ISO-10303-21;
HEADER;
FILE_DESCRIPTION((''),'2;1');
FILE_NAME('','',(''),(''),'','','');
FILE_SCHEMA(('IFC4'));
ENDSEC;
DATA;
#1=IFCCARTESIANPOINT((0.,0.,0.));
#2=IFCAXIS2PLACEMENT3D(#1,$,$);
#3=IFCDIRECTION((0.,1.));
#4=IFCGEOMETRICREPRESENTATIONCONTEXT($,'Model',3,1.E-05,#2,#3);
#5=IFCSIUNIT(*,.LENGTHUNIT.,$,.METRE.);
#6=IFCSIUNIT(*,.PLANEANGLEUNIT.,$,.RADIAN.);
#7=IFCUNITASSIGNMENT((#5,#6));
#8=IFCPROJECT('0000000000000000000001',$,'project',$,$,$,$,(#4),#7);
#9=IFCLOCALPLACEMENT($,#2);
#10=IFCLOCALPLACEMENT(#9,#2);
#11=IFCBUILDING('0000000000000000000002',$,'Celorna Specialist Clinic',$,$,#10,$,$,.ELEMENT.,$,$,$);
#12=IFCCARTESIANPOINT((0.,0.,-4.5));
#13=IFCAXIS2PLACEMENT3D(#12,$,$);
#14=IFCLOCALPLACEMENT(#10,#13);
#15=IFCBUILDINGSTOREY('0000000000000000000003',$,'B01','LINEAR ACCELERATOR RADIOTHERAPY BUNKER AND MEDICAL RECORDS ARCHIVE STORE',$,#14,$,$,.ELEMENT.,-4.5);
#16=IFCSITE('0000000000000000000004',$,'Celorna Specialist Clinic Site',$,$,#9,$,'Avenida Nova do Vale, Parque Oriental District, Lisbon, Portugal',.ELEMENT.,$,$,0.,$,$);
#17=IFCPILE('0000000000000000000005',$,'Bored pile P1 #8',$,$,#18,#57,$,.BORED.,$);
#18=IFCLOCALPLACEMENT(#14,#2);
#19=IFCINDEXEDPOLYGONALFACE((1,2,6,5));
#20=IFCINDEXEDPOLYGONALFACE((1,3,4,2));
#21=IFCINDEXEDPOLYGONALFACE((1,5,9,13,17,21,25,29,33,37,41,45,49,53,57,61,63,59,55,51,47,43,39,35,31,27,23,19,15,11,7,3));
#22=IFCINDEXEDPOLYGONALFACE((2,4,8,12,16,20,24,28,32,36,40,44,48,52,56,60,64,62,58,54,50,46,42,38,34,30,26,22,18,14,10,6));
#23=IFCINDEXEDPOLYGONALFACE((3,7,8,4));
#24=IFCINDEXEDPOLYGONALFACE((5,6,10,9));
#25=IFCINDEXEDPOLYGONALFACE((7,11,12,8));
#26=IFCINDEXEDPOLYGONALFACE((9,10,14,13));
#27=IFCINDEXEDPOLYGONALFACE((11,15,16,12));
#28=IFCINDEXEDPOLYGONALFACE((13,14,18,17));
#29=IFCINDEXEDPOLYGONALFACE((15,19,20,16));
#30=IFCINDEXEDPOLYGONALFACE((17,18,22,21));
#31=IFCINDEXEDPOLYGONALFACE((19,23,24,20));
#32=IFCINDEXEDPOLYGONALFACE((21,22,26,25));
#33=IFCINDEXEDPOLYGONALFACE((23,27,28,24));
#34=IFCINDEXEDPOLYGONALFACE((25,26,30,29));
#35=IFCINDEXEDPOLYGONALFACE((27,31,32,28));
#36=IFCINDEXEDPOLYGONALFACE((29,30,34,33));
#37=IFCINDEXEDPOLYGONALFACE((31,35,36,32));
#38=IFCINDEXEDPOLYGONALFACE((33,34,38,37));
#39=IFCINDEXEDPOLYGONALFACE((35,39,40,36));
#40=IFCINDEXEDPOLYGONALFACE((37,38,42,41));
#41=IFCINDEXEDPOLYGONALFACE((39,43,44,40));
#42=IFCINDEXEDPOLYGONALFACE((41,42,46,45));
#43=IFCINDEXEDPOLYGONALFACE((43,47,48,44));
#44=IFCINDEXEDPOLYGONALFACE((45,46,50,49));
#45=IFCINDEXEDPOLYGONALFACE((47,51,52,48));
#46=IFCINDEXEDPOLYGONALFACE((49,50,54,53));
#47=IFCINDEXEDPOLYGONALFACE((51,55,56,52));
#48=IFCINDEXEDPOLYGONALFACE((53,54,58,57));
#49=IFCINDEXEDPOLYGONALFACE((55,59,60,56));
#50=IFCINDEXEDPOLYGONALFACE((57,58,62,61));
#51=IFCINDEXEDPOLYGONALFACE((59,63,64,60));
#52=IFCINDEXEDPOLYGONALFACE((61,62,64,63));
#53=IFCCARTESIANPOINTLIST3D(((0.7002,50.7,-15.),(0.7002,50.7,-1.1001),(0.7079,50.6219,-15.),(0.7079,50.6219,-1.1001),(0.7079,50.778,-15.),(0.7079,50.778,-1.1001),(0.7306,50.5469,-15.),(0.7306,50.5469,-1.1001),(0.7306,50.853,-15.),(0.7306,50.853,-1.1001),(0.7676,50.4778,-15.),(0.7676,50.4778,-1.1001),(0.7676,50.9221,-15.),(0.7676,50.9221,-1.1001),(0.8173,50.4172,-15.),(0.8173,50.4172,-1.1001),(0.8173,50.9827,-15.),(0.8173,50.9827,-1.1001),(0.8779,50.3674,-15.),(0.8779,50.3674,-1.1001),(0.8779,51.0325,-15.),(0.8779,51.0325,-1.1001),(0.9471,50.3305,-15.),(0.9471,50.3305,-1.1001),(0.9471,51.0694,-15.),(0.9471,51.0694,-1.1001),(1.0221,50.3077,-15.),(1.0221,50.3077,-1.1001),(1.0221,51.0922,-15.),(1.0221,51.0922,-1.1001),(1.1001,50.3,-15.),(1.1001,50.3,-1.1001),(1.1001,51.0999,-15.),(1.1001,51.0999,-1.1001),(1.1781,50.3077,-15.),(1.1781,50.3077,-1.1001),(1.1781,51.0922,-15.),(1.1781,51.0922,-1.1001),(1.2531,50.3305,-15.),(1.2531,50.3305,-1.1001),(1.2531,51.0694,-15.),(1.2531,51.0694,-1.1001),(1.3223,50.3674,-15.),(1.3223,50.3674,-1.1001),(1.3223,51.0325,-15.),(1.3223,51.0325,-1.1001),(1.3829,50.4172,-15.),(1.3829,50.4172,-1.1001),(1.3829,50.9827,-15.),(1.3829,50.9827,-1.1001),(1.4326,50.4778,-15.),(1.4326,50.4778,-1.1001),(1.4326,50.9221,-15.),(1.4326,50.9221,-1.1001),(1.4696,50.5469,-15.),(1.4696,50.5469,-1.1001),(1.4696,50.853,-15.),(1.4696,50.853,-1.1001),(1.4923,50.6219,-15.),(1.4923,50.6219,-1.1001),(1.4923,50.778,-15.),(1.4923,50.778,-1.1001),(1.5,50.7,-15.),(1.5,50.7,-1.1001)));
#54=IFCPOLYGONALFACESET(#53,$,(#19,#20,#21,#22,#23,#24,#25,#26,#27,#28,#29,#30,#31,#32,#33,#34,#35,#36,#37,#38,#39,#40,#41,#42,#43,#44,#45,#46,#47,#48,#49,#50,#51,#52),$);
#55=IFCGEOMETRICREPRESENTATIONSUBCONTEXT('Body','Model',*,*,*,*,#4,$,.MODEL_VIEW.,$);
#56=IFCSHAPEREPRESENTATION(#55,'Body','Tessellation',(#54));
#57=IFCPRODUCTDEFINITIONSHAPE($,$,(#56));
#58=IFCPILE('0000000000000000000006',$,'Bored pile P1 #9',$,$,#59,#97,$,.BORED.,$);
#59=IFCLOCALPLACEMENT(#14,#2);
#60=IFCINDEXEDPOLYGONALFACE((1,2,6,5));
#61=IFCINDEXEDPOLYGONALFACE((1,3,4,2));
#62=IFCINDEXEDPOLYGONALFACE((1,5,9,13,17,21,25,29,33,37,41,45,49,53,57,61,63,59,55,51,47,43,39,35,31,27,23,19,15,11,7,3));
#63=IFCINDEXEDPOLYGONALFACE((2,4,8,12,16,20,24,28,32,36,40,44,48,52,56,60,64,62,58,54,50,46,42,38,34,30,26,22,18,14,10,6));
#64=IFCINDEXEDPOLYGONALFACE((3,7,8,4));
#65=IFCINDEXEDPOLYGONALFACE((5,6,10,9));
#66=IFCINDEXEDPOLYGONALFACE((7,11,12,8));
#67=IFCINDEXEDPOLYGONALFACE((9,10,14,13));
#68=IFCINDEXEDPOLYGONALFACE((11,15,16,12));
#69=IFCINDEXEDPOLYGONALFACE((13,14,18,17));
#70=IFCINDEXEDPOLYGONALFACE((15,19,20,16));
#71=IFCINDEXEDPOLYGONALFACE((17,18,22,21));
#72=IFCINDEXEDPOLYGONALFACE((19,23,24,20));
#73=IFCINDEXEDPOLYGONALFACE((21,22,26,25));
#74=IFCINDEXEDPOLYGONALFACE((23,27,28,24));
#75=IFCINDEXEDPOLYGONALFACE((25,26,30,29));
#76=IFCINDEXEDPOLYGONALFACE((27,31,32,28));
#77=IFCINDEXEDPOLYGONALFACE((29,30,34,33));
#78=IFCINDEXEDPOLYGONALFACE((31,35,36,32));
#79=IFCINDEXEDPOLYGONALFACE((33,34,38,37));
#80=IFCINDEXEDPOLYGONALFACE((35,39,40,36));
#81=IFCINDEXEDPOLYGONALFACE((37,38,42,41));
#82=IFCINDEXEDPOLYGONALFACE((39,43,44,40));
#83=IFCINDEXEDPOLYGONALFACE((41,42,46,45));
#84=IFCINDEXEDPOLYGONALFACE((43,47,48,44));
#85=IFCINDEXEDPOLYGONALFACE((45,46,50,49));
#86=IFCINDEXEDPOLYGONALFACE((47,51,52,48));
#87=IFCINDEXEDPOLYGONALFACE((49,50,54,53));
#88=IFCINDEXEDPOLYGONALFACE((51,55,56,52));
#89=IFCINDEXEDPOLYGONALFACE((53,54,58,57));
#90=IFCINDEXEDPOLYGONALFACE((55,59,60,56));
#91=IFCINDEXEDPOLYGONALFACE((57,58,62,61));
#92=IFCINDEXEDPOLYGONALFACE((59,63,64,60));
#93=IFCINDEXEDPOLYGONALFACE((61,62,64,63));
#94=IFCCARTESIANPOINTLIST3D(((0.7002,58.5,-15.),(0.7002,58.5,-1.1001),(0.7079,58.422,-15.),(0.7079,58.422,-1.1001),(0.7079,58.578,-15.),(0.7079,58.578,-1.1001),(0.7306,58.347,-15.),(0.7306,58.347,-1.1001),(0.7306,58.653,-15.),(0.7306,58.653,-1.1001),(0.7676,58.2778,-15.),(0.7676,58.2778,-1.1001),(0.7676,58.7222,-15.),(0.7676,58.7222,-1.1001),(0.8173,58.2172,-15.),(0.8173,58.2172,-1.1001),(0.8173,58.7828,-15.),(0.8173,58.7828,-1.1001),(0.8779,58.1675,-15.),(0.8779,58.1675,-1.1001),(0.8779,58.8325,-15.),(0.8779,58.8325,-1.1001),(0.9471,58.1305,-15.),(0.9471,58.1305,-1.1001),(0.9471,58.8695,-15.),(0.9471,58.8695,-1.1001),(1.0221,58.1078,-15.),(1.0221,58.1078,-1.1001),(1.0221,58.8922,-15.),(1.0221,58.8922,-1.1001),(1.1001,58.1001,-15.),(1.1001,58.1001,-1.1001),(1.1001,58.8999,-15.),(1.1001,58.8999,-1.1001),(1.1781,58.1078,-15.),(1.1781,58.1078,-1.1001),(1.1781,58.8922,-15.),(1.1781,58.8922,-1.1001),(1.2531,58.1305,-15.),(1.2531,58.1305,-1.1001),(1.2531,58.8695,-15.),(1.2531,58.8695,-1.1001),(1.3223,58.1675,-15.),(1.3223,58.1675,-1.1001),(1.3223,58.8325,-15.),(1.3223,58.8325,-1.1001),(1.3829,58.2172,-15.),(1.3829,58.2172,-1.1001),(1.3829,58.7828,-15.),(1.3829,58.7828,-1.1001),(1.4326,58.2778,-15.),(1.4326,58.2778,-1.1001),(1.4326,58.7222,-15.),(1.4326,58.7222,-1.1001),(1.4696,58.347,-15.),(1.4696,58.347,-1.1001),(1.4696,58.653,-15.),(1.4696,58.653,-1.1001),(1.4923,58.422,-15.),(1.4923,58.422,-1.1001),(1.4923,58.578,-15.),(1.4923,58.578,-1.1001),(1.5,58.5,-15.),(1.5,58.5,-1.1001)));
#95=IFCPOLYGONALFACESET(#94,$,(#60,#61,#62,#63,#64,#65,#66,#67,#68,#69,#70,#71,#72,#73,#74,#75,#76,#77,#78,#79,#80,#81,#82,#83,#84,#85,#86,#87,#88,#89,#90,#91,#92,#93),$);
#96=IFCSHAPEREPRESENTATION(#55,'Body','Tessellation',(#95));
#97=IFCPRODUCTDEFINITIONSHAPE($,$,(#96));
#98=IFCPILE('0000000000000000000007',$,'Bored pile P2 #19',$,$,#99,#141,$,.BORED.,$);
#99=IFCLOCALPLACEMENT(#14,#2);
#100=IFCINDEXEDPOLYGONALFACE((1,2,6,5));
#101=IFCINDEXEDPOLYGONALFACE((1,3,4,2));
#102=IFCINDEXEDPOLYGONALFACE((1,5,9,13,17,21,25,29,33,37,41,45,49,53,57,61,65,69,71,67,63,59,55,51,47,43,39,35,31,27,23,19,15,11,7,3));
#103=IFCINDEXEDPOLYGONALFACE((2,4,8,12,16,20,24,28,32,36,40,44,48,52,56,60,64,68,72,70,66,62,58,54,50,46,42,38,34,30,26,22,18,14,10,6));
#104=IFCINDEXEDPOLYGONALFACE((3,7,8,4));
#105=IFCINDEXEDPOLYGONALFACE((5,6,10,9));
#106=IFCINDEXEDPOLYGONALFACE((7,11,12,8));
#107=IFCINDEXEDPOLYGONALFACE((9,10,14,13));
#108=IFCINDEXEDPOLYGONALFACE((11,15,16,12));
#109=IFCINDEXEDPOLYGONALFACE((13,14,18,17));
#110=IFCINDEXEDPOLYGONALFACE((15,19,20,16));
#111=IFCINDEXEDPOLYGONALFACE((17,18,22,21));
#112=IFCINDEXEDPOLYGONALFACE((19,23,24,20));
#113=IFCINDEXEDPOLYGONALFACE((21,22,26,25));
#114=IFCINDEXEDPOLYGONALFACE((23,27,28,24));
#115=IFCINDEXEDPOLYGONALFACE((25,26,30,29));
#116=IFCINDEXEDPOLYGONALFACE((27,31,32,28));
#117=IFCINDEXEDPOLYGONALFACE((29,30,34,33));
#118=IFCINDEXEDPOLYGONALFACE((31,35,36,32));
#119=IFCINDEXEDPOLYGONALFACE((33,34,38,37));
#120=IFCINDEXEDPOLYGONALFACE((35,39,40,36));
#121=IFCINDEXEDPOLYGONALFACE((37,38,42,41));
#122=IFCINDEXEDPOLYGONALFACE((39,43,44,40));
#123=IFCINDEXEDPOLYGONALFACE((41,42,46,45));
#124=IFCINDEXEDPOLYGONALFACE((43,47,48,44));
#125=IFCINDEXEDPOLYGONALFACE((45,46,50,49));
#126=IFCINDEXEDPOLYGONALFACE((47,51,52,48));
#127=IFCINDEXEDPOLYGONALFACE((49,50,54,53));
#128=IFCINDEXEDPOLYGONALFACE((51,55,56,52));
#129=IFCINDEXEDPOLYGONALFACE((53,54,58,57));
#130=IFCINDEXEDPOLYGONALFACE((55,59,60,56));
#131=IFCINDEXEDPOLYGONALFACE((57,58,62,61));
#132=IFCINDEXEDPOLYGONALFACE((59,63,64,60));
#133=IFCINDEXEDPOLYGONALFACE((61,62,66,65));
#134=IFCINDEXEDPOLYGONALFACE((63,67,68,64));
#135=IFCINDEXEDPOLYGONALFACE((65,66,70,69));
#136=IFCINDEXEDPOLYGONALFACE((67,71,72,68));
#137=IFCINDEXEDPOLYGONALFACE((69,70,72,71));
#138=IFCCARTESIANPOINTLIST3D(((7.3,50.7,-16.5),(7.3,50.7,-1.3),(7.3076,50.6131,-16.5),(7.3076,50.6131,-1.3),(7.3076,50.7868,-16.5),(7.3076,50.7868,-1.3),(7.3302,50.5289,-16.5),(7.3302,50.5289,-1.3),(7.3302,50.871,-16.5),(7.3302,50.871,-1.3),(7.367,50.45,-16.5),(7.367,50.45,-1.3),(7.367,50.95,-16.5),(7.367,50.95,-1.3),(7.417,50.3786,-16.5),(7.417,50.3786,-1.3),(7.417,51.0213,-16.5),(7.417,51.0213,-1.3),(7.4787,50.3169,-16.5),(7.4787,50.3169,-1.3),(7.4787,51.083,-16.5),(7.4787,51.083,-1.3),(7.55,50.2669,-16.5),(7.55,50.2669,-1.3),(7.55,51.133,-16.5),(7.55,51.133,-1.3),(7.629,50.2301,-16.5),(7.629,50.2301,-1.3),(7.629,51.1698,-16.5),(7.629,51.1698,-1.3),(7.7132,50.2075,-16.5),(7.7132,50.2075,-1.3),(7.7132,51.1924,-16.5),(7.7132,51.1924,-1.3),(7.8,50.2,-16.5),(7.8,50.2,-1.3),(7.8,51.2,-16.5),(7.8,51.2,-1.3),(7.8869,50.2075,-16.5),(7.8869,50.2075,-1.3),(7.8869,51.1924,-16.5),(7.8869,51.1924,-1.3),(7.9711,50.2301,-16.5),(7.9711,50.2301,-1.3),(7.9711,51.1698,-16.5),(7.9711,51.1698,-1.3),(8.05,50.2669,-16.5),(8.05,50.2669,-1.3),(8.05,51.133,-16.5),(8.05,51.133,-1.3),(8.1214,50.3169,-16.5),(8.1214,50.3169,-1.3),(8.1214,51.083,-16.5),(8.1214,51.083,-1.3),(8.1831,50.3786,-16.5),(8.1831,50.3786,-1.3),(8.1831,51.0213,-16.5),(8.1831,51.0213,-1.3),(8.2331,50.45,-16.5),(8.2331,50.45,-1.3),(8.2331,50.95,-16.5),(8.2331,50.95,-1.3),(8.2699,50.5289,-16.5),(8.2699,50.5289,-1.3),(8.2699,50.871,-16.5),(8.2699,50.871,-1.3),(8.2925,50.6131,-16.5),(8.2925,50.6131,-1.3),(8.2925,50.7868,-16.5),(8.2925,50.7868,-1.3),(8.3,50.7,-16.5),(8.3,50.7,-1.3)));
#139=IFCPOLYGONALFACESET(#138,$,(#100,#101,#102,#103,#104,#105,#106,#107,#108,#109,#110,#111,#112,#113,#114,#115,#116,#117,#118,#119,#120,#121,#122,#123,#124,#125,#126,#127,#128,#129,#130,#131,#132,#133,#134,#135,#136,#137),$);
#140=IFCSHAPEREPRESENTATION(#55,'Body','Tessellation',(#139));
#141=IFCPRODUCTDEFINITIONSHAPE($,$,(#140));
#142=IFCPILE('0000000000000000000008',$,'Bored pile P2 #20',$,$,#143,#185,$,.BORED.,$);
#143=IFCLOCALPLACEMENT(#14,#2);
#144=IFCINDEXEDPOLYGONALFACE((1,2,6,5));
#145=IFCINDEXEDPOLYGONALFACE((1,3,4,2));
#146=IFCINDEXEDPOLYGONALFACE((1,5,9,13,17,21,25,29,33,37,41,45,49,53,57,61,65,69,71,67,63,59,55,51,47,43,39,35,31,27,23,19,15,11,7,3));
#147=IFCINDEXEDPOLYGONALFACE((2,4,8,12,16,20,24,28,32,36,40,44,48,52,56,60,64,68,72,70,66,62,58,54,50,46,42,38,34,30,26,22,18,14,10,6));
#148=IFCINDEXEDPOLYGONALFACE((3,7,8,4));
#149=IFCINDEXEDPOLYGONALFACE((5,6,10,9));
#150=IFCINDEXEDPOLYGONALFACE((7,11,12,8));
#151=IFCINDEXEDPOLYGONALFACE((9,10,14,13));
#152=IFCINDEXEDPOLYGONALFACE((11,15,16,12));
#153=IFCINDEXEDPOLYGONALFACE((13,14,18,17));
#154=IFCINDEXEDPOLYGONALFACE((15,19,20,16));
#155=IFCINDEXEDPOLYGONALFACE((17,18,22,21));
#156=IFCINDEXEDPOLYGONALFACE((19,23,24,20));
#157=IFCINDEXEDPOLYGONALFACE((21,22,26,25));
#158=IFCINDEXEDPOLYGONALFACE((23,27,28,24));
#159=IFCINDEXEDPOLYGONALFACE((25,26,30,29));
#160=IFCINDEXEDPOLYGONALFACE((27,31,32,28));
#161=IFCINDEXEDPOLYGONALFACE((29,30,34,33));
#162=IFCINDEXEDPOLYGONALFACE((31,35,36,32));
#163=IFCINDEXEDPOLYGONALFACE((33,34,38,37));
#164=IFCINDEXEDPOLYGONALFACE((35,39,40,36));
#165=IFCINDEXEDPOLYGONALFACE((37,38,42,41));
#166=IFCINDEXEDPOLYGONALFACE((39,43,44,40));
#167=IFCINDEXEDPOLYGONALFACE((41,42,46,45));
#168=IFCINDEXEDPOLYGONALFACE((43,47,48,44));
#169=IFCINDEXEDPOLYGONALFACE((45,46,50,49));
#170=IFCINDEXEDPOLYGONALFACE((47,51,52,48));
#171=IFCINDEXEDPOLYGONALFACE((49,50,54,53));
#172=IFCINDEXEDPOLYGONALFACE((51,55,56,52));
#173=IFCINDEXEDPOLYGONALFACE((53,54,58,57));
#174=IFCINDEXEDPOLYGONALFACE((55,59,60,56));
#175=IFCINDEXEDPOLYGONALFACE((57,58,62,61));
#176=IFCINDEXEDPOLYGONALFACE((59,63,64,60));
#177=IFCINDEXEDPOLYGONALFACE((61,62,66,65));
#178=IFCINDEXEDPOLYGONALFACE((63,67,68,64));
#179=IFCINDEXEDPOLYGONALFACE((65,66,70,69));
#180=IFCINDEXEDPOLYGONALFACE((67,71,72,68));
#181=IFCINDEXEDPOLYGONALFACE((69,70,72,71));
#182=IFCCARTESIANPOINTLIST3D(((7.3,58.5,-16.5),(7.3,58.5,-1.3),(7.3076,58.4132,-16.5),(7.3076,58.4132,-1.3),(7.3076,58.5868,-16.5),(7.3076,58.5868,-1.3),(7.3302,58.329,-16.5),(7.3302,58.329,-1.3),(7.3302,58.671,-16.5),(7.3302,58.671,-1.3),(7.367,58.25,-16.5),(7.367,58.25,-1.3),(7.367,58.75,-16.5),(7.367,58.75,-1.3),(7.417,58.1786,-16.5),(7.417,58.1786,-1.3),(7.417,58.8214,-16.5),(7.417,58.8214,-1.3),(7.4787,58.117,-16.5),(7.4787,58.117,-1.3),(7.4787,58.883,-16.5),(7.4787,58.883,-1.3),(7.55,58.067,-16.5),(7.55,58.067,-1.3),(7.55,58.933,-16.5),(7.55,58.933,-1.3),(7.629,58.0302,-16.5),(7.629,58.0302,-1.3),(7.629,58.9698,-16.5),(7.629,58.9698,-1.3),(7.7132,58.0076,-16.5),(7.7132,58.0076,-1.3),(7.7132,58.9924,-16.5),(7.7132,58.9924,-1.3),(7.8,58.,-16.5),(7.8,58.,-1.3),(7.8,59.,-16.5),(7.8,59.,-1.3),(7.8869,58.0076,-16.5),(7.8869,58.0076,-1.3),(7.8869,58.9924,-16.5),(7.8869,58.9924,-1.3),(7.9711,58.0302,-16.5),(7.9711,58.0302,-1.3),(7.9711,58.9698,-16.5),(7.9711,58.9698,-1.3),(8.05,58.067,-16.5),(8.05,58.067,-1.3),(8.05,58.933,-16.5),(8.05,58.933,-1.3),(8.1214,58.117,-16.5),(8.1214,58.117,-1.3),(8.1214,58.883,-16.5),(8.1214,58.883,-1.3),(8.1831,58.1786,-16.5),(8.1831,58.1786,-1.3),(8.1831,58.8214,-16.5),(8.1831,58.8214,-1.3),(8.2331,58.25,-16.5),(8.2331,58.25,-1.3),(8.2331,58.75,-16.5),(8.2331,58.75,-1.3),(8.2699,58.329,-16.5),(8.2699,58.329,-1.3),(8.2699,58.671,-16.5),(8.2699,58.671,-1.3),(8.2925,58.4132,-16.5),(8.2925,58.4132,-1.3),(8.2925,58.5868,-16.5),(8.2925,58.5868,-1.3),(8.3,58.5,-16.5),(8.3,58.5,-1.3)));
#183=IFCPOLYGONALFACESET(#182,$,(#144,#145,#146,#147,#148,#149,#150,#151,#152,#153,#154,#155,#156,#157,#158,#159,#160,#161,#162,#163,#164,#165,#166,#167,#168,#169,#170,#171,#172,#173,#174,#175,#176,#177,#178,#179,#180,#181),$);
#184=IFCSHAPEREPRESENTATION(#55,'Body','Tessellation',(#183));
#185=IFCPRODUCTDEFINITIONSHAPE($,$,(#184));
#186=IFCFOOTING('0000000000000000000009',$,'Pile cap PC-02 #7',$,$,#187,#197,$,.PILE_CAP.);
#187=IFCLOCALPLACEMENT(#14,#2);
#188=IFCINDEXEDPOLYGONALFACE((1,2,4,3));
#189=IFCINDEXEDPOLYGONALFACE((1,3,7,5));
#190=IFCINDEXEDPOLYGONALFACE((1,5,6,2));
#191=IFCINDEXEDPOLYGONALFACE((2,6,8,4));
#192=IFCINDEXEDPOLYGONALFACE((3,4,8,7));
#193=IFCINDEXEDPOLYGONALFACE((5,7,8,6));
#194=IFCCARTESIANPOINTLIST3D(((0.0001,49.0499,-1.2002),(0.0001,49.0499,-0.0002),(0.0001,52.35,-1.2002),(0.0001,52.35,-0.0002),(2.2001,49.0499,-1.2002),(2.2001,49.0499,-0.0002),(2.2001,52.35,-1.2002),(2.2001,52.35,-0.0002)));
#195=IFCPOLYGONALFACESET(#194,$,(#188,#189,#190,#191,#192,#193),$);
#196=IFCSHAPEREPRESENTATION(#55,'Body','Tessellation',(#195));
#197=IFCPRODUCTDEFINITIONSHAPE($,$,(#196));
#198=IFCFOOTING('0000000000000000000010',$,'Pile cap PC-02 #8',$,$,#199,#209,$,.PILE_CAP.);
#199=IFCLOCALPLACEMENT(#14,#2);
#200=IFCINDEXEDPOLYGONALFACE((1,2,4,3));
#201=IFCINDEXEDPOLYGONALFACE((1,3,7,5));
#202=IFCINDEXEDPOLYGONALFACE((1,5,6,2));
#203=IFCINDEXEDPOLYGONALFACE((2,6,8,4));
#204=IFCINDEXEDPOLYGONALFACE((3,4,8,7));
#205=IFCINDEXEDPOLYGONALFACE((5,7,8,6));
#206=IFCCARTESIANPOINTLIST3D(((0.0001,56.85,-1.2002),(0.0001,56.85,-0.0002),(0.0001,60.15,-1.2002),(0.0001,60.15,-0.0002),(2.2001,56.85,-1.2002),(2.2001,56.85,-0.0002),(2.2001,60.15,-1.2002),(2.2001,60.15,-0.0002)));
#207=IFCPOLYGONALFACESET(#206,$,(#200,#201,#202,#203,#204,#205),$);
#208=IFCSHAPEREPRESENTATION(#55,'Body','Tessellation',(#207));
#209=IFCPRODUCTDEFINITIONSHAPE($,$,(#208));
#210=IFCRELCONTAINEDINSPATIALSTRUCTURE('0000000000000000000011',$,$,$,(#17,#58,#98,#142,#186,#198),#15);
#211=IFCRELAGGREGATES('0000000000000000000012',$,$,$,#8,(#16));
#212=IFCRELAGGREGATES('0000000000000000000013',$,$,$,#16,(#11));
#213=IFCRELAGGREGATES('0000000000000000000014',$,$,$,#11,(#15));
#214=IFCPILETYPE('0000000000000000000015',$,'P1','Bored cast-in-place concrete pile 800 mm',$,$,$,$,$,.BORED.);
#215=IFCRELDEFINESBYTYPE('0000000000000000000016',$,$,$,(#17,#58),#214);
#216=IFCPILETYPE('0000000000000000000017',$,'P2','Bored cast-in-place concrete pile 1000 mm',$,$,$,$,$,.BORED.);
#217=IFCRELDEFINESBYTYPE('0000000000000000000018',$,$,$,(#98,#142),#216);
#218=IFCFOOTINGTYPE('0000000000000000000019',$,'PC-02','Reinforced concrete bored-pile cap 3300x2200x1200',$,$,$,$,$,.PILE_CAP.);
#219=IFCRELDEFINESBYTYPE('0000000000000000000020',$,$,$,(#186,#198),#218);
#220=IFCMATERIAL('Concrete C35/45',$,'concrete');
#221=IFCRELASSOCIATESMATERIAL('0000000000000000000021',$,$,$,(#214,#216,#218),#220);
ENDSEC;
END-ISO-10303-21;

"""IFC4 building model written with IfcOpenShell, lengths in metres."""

from ifc_helpers import new_model, si_unit, direction, frame, origin, origin_2d, place, context, subcontext, project, spatial, rectangle, circle, extrude, material, material_profile, profile_set, type_object, element, save


model = new_model("IFC4")

# Units and contexts
model_context = context("Model", 3, precision=1e-05, world=origin(), true_north=direction((0.0, 1.0)))
body_context = subcontext(model_context, "Body", "Model", "MODEL_VIEW")
ifc_project = project(units=[si_unit("LENGTHUNIT", "METRE"), si_unit("PLANEANGLEUNIT", "RADIAN")], contexts=[model_context])

# Site, building, storey
site_placement = place(None, origin())
site = spatial("IfcSite", under=ifc_project, at=site_placement, Name="Celorna Specialist Clinic Site", LongName="Avenida Nova do Vale, Parque Oriental District, Lisbon, Portugal", CompositionType="ELEMENT", RefElevation=0.0)
building_placement = place(site_placement, origin())
building = spatial("IfcBuilding", under=site, at=building_placement, Name="Celorna Specialist Clinic", CompositionType="ELEMENT")
storey_placement = place(building_placement, frame((0.0, 0.0, -4.5)))
storey = spatial("IfcBuildingStorey", under=building, at=storey_placement, Name="B01", Description="LINEAR ACCELERATOR RADIOTHERAPY BUNKER AND MEDICAL RECORDS ARCHIVE STORE", CompositionType="ELEMENT", Elevation=-4.5)

# Piles
ifc_material_1 = material(Name="Concrete C35/45", Category="concrete")
ifc_material_profile_1 = material_profile(ifc_material_1, circle(Radius=0.3999, at=origin_2d()), Name="BORED PILE 800")
ifc_profile_set_1 = profile_set([ifc_material_profile_1], Name="Concrete C35/45")
pile_type_1 = type_object("IfcPileType", Name="P1", Description="Bored cast-in-place concrete pile 800 mm", PredefinedType="BORED", material=ifc_profile_set_1)
for number, where, z_axis, x_axis, name in (
    (1, (1.1001, 50.7, -1.1001), (0.0, 0.0, -1.0), (1.0, 0.0, 0.0), "Bored pile P1 #8"),
    (2, (1.1001, 58.5, -1.1001), (0.0, 0.0, -1.0), (1.0, 0.0, 0.0), "Bored pile P1 #9"),
):
    element("IfcPile", number, at=place(storey_placement, frame(where, z_axis=z_axis, x_axis=x_axis)), inside=storey, type_object=pile_type_1, Name=name, PredefinedType="BORED", context=body_context, shape_type="SweptSolid", body=[
        extrude(circle(Radius=0.3999, at=origin_2d()), origin(), (0.0, 0.0, 1.0), 13.8999),
    ])
ifc_material_profile_2 = material_profile(ifc_material_1, circle(Radius=0.5, at=origin_2d()), Name="BORED PILE 1000")
ifc_profile_set_2 = profile_set([ifc_material_profile_2], Name="Concrete C35/45")
pile_type_2 = type_object("IfcPileType", Name="P2", Description="Bored cast-in-place concrete pile 1000 mm", PredefinedType="BORED", material=ifc_profile_set_2)
for number, where, z_axis, x_axis, name in (
    (3, (7.8, 50.7, -1.3), (0.0, 0.0, -1.0), (1.0, 0.0, 0.0), "Bored pile P2 #19"),
    (4, (7.8, 58.5, -1.3), (0.0, 0.0, -1.0), (1.0, 0.0, 0.0), "Bored pile P2 #20"),
):
    element("IfcPile", number, at=place(storey_placement, frame(where, z_axis=z_axis, x_axis=x_axis)), inside=storey, type_object=pile_type_2, Name=name, PredefinedType="BORED", context=body_context, shape_type="SweptSolid", body=[
        extrude(circle(Radius=0.5, at=origin_2d()), origin(), (0.0, 0.0, 1.0), 15.2),
    ])

# Footings
footing_type_1 = type_object("IfcFootingType", Name="PC-02", Description="Reinforced concrete bored-pile cap 3300x2200x1200", PredefinedType="PILE_CAP", material=ifc_material_1)
for number, where, z_axis, x_axis, name in (
    (5, (1.1001, 50.7, -1.2002), (0.0, 0.0, 1.0), (1.0, 0.0, 0.0), "Pile cap PC-02 #7"),
    (6, (1.1001, 58.5, -1.2002), (0.0, 0.0, 1.0), (1.0, 0.0, 0.0), "Pile cap PC-02 #8"),
):
    element("IfcFooting", number, at=place(storey_placement, frame(where, z_axis=z_axis, x_axis=x_axis)), inside=storey, type_object=footing_type_1, Name=name, PredefinedType="PILE_CAP", context=body_context, shape_type="SweptSolid", body=[
        extrude(rectangle(XDim=2.2, YDim=3.3, at=origin_2d()), origin(), (0.0, 0.0, 1.0), 1.2),
    ])

save(model, "model.ifc")
